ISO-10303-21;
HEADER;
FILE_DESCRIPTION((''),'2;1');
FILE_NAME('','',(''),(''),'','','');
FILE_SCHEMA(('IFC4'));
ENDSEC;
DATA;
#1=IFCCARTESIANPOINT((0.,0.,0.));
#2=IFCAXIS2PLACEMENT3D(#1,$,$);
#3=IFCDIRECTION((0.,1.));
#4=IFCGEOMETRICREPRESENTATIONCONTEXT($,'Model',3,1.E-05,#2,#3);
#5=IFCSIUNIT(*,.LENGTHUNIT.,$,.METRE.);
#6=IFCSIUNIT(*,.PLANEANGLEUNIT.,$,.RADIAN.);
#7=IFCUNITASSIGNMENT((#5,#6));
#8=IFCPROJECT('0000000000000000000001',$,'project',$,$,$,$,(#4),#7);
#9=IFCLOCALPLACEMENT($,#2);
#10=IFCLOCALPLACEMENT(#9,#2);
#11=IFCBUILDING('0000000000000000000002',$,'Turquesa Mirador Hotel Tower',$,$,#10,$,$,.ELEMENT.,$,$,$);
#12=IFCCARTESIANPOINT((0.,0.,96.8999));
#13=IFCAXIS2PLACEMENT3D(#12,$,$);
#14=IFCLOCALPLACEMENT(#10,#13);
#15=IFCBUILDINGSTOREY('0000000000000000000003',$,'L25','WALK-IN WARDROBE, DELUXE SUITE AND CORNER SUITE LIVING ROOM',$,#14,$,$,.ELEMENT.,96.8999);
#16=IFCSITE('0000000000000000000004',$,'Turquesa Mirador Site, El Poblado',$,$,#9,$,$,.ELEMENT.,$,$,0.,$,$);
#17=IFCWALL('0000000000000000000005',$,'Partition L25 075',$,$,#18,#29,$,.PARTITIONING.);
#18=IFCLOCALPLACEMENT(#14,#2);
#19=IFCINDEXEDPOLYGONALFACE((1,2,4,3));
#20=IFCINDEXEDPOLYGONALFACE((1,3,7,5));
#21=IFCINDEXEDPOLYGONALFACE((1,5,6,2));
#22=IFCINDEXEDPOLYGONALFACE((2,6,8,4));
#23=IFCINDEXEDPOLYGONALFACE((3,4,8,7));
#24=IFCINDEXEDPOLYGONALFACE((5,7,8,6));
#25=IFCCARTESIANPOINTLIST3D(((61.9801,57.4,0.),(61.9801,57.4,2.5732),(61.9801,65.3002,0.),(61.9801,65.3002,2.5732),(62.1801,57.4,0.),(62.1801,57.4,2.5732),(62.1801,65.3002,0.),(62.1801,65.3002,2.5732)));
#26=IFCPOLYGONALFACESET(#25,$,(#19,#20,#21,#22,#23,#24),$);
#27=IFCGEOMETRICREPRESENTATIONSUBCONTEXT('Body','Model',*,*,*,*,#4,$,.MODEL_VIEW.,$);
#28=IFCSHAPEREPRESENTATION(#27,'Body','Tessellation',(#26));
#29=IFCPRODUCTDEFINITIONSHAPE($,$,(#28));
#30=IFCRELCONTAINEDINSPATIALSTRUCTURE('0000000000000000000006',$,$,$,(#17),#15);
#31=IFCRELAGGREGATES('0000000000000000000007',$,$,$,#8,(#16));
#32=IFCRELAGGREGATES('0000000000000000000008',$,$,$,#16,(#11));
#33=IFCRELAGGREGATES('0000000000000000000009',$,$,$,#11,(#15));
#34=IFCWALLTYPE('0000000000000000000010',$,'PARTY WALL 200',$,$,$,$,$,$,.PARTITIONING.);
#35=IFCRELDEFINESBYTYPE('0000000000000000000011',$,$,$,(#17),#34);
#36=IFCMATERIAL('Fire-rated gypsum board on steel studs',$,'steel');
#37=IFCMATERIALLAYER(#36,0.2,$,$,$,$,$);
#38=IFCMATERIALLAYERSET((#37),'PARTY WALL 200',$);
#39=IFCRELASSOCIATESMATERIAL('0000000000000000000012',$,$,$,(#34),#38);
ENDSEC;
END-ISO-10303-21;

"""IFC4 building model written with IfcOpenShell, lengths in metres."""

from ifc_helpers import new_model, si_unit, direction, frame, frame_2d, origin, place, context, subcontext, project, spatial, rectangle, extrude, material, layer, layer_set, type_object, element, save


model = new_model("IFC4")

# Units and contexts
model_context = context("Model", 3, precision=1e-05, world=origin(), true_north=direction((0.0, 1.0)))
body_context = subcontext(model_context, "Body", "Model", "MODEL_VIEW")
ifc_project = project(units=[si_unit("LENGTHUNIT", "METRE"), si_unit("PLANEANGLEUNIT", "RADIAN")], contexts=[model_context])

# Site, building, storey
site_placement = place(None, origin())
site = spatial("IfcSite", under=ifc_project, at=site_placement, Name="Turquesa Mirador Site, El Poblado", CompositionType="ELEMENT", RefElevation=0.0)
building_placement = place(site_placement, origin())
building = spatial("IfcBuilding", under=site, at=building_placement, Name="Turquesa Mirador Hotel Tower", CompositionType="ELEMENT")
storey_placement = place(building_placement, frame((0.0, 0.0, 96.8999)))
storey = spatial("IfcBuildingStorey", under=building, at=storey_placement, Name="L25", Description="WALK-IN WARDROBE, DELUXE SUITE AND CORNER SUITE LIVING ROOM", CompositionType="ELEMENT", Elevation=96.8999)

# Wall
ifc_material_1 = material(Name="Fire-rated gypsum board on steel studs", Category="steel")
ifc_layer_1 = layer(ifc_material_1, 0.2)
ifc_layer_set_1 = layer_set([ifc_layer_1], Name="PARTY WALL 200")
wall_type_1 = type_object("IfcWallType", Name="PARTY WALL 200", PredefinedType="PARTITIONING", material=ifc_layer_set_1)
wall_1_placement = place(storey_placement, frame((62.0801, 57.3999, 0.0), z_axis=(0.0, 0.0, 1.0), x_axis=(0.0, 1.0, 0.0)))
element("IfcWall", 1, at=wall_1_placement, inside=storey, type_object=wall_type_1, Name="Partition L25 075", PredefinedType="PARTITIONING", context=body_context, shape_type="SweptSolid", body=[
    extrude(rectangle(XDim=7.9001, YDim=0.2, at=frame_2d((3.9502, 0.0))), origin(), (0.0, 0.0, 1.0), 2.5732),
])

save(model, "model.ifc")
